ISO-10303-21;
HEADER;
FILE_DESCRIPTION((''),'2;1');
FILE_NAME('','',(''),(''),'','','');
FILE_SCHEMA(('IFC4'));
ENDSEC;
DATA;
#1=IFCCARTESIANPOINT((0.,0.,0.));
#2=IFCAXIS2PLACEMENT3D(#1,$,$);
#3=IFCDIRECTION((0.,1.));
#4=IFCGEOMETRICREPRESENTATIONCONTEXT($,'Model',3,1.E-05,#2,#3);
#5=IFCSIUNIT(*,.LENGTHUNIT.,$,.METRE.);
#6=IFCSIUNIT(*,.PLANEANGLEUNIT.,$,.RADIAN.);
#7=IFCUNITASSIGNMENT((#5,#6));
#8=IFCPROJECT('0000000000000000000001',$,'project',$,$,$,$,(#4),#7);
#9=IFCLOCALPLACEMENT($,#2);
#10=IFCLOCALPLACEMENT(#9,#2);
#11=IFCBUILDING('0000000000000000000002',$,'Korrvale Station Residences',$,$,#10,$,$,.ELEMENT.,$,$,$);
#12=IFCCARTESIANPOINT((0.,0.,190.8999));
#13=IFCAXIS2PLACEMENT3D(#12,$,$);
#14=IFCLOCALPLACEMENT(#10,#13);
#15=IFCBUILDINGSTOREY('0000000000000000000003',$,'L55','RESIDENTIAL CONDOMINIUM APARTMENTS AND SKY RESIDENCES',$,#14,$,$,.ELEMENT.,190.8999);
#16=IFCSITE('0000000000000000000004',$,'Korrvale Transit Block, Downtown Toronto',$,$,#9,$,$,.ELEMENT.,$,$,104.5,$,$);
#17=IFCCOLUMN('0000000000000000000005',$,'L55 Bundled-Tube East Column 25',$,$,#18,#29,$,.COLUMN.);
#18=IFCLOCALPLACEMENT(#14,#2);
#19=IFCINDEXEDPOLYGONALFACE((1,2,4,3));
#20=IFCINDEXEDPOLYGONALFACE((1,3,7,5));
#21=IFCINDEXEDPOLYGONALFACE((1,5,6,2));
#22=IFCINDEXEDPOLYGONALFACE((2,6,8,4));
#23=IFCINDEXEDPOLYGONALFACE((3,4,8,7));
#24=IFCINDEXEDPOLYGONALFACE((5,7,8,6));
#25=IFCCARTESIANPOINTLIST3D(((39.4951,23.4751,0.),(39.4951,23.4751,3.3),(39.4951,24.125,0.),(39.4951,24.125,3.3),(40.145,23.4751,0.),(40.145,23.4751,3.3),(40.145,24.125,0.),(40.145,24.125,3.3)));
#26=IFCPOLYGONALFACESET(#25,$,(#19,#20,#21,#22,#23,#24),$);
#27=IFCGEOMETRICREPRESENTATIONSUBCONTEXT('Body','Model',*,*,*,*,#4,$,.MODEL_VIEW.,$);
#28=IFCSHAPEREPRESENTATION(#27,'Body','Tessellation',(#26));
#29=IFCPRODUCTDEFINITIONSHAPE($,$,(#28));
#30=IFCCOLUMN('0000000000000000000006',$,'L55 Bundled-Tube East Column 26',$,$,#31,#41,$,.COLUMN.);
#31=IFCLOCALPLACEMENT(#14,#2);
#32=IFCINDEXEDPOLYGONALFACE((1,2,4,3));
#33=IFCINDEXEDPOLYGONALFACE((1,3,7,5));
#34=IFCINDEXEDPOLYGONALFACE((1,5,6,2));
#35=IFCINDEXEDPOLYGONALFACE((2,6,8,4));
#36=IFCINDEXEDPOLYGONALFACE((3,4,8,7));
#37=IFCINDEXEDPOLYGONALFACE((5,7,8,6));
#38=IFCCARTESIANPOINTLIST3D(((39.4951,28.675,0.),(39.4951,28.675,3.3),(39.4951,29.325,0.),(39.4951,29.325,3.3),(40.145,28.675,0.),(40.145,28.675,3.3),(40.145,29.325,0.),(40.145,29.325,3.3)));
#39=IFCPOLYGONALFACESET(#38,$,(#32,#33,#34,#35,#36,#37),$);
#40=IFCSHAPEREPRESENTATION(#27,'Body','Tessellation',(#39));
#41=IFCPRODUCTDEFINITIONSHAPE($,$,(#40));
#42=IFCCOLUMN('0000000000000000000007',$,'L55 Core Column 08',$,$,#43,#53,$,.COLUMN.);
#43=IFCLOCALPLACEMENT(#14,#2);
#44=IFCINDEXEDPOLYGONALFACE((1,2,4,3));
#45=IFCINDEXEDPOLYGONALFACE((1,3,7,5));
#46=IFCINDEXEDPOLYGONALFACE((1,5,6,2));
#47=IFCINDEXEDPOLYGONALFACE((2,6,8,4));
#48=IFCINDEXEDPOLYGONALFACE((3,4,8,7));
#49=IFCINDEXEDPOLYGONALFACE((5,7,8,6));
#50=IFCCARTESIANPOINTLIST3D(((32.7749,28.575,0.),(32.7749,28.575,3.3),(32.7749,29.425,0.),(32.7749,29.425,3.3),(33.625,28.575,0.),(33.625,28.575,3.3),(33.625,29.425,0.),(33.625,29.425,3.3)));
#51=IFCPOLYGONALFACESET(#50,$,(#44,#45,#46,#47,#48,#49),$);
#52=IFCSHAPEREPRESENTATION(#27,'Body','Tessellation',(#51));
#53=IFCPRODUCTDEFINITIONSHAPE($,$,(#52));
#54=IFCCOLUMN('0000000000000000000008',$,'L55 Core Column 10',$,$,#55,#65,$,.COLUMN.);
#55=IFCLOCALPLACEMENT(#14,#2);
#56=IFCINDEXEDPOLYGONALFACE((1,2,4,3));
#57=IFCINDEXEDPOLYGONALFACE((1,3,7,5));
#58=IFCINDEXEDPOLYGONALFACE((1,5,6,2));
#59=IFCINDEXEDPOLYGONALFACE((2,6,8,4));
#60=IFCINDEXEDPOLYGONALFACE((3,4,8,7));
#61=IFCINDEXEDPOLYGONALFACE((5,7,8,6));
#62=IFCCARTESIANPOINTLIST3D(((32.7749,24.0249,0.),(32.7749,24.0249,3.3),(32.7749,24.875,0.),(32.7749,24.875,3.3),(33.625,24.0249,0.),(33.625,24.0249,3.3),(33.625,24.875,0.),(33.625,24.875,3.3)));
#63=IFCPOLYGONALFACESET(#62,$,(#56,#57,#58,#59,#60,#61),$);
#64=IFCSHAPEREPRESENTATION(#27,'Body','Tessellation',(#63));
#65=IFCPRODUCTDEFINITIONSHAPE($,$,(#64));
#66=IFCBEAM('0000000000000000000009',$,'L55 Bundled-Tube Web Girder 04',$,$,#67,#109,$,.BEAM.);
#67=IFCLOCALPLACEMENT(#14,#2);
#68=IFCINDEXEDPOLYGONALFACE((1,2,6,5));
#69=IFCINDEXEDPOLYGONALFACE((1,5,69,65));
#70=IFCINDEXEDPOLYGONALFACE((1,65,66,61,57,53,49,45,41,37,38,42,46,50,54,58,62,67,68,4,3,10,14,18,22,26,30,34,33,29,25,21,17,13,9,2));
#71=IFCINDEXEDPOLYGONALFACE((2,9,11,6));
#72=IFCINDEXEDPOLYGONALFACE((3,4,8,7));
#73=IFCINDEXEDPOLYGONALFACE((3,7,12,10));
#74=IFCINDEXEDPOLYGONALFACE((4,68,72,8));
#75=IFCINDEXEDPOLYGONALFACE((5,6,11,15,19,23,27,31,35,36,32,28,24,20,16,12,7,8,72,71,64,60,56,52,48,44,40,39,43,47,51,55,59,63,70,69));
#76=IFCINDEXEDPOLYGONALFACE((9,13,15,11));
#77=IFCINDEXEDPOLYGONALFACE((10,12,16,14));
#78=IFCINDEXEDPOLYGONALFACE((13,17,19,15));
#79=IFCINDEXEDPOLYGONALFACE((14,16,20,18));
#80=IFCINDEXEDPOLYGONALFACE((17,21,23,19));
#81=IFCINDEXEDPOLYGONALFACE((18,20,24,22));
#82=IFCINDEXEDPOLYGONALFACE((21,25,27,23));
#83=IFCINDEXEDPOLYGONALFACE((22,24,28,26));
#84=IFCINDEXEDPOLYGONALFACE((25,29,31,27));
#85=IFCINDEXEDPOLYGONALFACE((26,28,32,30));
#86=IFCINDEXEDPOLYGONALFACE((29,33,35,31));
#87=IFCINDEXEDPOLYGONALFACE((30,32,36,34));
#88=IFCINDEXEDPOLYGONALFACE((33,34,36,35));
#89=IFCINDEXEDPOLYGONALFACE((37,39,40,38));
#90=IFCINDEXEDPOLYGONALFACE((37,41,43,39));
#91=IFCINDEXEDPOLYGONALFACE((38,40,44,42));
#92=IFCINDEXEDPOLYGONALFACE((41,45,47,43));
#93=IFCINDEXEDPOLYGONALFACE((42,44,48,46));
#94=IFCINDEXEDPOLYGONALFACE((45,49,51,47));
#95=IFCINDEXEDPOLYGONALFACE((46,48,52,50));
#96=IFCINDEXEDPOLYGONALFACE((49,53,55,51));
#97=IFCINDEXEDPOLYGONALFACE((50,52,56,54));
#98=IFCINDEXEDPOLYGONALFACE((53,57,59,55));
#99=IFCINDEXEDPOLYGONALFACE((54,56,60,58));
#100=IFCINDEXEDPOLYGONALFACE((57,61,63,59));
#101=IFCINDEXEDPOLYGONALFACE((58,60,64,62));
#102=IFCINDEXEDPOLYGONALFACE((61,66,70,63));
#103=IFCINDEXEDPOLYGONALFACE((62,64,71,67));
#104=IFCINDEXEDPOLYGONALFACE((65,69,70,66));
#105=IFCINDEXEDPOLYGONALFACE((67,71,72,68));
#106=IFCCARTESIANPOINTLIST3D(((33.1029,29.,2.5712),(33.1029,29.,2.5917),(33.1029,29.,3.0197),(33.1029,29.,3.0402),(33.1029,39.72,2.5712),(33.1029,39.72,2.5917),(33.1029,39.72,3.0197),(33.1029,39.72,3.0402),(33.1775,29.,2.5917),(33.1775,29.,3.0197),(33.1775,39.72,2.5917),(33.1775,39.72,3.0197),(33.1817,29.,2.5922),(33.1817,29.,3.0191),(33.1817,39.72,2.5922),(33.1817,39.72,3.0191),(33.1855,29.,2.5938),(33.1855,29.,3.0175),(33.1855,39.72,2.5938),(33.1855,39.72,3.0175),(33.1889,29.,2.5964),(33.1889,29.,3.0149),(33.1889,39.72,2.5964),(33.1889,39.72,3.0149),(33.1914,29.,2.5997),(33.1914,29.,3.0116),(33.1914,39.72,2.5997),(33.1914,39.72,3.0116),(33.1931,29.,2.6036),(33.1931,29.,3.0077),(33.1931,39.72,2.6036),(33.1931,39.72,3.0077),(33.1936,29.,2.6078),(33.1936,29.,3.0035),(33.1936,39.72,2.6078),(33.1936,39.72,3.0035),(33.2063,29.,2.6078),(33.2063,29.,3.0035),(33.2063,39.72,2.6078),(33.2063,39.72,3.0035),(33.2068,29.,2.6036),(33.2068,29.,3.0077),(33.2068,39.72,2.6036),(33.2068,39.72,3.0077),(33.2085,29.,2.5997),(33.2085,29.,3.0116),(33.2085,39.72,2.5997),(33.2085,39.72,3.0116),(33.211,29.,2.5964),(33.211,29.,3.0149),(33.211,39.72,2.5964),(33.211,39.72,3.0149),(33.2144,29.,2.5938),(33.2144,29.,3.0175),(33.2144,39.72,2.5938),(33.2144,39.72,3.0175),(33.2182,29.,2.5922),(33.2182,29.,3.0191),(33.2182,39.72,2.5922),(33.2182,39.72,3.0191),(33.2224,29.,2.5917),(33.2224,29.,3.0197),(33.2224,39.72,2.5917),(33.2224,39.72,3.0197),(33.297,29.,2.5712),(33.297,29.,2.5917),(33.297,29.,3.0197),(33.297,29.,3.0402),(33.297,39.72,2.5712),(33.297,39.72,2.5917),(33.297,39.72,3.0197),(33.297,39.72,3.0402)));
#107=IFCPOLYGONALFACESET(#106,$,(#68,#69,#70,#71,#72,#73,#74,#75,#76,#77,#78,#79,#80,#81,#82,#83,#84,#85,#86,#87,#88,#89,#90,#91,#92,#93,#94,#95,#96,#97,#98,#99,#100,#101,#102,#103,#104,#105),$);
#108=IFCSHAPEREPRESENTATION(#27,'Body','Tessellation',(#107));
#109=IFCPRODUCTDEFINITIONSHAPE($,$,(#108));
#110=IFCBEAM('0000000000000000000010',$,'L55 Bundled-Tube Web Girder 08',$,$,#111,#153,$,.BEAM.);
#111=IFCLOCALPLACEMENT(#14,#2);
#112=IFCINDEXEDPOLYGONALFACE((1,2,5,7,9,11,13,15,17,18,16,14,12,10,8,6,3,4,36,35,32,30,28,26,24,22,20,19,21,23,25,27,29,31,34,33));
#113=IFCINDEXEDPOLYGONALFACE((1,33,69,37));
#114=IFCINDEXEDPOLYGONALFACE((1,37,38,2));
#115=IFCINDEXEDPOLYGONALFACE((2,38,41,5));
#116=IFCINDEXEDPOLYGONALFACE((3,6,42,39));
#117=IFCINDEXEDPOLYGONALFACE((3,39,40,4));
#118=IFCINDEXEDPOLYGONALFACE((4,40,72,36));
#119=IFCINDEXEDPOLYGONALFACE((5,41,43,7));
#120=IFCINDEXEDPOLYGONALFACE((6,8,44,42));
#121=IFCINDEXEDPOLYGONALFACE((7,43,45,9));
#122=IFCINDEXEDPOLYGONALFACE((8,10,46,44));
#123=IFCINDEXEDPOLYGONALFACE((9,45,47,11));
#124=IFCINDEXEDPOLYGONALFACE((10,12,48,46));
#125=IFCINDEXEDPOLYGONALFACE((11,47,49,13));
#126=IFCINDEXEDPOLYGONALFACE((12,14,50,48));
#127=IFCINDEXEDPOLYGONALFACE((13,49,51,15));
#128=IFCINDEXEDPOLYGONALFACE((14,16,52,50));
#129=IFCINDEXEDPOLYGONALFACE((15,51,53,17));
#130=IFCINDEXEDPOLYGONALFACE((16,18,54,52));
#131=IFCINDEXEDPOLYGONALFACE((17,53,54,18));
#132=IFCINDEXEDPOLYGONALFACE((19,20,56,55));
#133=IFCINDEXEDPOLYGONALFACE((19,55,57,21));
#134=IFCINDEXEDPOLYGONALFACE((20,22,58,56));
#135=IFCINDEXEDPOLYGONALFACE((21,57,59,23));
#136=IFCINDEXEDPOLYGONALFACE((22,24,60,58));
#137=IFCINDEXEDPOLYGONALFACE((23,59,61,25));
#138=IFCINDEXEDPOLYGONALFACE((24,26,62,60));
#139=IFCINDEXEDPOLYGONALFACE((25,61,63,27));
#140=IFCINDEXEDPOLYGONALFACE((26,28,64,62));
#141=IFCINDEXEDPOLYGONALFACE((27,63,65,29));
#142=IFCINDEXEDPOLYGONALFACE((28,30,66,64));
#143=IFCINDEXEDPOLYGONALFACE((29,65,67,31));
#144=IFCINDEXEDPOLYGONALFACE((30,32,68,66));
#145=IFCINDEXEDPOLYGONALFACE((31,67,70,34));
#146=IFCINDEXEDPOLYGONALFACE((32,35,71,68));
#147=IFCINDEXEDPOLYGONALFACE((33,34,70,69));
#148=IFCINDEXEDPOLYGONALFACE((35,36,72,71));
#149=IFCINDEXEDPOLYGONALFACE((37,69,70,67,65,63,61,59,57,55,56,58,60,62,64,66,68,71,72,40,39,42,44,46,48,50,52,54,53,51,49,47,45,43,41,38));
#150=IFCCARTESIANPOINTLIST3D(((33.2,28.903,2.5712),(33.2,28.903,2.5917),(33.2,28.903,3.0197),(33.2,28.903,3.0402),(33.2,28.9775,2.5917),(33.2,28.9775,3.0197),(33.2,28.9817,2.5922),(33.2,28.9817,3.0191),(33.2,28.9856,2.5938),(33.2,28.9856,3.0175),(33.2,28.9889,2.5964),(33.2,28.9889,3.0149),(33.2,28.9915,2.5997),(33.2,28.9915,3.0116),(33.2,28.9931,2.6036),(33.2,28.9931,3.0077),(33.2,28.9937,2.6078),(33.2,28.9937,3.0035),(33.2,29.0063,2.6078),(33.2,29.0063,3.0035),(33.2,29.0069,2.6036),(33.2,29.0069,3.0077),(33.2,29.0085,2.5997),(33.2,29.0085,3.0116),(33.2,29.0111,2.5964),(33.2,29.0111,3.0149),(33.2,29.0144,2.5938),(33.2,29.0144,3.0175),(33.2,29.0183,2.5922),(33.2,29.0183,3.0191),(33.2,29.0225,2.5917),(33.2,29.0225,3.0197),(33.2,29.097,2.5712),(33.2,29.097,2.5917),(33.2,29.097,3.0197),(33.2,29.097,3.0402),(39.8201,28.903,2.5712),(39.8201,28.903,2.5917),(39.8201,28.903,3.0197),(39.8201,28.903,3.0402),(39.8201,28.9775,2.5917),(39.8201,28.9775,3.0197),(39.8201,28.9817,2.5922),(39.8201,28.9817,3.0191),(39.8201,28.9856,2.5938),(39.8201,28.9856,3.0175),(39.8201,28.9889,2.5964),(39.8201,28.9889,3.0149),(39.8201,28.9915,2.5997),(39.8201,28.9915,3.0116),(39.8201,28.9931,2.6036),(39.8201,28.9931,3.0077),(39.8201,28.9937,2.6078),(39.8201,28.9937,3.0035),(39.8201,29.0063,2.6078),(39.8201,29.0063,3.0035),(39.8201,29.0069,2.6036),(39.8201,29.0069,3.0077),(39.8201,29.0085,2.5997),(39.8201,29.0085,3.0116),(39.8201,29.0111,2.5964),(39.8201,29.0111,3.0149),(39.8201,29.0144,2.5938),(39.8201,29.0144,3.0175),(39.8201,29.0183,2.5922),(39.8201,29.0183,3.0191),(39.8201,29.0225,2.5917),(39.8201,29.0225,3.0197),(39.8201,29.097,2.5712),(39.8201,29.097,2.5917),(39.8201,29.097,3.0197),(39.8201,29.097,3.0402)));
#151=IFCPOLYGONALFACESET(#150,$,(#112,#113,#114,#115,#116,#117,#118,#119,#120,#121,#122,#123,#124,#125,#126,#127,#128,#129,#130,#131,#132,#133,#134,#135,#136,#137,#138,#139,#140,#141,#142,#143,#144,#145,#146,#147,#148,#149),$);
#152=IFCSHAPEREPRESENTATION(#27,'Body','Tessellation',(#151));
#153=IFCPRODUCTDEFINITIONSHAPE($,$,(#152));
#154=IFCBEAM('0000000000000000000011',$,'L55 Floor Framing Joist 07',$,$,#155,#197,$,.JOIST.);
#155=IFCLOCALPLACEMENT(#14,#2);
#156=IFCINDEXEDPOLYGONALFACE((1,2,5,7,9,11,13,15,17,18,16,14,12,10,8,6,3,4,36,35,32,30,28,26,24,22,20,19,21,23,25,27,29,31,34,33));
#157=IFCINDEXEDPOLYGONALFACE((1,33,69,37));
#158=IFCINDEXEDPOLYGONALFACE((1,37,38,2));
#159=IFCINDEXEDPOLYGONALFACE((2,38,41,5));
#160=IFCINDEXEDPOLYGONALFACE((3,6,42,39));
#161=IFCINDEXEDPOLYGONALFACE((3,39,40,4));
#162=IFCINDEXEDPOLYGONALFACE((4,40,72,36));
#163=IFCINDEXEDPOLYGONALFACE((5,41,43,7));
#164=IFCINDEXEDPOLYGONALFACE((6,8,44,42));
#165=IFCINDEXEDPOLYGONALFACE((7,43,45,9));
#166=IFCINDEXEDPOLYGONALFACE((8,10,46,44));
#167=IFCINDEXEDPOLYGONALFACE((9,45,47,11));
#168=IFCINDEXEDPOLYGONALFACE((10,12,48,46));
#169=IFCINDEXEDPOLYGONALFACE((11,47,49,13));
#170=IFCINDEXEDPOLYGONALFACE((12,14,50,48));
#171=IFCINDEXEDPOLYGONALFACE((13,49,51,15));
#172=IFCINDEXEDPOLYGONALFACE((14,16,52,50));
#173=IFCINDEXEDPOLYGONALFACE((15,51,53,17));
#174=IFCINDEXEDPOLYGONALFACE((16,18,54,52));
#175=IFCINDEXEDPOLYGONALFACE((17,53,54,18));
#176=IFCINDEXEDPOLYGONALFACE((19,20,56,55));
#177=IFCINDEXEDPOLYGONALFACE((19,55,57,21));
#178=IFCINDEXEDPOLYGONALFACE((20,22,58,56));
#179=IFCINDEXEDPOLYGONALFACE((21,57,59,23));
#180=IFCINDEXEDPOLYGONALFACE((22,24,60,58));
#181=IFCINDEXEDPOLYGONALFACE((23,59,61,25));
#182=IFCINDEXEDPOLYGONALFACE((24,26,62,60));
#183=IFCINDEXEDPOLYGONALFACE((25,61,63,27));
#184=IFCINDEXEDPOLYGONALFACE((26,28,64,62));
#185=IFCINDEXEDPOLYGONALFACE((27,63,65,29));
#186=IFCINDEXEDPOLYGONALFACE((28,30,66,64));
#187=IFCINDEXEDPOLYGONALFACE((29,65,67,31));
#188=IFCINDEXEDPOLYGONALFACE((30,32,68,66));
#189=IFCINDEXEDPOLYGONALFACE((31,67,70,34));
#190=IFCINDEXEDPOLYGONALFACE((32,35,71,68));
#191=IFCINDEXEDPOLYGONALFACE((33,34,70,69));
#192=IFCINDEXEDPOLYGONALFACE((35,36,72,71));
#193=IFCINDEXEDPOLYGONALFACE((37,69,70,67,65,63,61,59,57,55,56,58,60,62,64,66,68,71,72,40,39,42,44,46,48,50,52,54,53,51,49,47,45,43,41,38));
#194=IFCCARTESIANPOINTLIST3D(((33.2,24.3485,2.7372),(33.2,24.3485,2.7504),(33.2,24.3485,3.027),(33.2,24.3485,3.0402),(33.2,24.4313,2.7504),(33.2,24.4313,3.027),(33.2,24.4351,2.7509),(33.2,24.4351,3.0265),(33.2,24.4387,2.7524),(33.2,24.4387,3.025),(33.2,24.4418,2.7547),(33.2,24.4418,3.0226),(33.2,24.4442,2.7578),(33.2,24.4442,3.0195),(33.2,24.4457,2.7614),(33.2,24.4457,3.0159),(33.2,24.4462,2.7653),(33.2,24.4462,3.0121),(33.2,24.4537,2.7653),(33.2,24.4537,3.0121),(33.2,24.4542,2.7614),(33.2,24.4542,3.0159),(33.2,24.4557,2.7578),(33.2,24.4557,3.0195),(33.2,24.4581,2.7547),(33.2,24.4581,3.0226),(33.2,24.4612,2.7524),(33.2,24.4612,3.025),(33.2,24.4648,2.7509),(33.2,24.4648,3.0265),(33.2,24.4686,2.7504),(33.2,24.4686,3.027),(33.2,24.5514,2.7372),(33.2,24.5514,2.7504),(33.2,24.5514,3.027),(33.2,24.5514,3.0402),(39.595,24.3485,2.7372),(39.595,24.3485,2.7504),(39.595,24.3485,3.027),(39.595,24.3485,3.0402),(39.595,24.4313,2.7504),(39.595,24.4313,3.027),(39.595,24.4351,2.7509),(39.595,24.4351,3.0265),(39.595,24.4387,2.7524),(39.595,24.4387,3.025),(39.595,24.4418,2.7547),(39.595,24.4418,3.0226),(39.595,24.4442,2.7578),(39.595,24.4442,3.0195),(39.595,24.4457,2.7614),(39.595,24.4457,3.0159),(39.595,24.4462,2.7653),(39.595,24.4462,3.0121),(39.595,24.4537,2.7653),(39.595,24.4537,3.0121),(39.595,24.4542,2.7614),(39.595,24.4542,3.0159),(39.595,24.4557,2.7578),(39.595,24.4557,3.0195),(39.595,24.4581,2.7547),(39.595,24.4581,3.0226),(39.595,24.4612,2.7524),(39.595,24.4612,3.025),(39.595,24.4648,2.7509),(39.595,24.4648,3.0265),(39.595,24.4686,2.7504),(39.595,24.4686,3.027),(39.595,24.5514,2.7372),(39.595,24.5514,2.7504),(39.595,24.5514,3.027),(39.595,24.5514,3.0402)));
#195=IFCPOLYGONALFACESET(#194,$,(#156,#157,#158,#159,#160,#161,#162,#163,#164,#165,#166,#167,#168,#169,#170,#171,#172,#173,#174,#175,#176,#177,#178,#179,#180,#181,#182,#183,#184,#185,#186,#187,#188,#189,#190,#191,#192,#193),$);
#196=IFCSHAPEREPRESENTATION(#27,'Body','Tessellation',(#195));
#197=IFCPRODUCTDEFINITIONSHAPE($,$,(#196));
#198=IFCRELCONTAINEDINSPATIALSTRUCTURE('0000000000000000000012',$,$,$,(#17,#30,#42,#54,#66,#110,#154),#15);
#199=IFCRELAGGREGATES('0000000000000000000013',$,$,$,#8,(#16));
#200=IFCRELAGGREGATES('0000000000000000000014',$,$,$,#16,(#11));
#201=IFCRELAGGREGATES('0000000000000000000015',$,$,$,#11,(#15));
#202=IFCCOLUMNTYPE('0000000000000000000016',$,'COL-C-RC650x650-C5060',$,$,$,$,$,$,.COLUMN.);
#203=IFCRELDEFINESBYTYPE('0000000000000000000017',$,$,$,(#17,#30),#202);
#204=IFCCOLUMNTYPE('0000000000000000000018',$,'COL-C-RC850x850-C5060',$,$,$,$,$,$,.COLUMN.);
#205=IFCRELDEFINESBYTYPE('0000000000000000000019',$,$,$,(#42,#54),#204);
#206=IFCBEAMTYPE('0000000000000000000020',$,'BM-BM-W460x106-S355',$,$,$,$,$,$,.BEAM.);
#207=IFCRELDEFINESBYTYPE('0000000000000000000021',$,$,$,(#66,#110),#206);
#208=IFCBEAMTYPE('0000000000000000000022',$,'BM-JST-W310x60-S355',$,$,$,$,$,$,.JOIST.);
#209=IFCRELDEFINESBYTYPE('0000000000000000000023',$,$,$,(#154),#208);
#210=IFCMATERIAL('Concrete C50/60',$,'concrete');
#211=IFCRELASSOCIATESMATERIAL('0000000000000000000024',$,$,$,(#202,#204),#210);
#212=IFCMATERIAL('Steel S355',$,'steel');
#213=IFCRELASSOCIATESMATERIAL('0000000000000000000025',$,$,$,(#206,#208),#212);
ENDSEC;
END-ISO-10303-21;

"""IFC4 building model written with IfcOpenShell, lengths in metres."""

from ifc_helpers import new_model, si_unit, direction, frame, origin, origin_2d, place, context, subcontext, project, spatial, rectangle, i_section, extrude, material, material_profile, profile_set, type_object, element, save


model = new_model("IFC4")

# Units and contexts
model_context = context("Model", 3, precision=1e-05, world=origin(), true_north=direction((0.0, 1.0)))
body_context = subcontext(model_context, "Body", "Model", "MODEL_VIEW")
ifc_project = project(units=[si_unit("LENGTHUNIT", "METRE"), si_unit("PLANEANGLEUNIT", "RADIAN")], contexts=[model_context])

# Site, building, storey
site_placement = place(None, origin())
site = spatial("IfcSite", under=ifc_project, at=site_placement, Name="Korrvale Transit Block, Downtown Toronto", CompositionType="ELEMENT", RefElevation=104.5)
building_placement = place(site_placement, origin())
building = spatial("IfcBuilding", under=site, at=building_placement, Name="Korrvale Station Residences", CompositionType="ELEMENT")
storey_placement = place(building_placement, frame((0.0, 0.0, 190.8999)))
storey = spatial("IfcBuildingStorey", under=building, at=storey_placement, Name="L55", Description="RESIDENTIAL CONDOMINIUM APARTMENTS AND SKY RESIDENCES", CompositionType="ELEMENT", Elevation=190.8999)

# Columns
ifc_material_1 = material(Name="Concrete C50/60", Category="concrete")
ifc_material_profile_1 = material_profile(ifc_material_1, rectangle(XDim=0.6499, YDim=0.6499, at=origin_2d()), Name="RC650x650")
ifc_profile_set_1 = profile_set([ifc_material_profile_1], Name="Concrete C50/60")
column_type_1 = type_object("IfcColumnType", Name="COL-C-RC650x650-C5060", PredefinedType="COLUMN", material=ifc_profile_set_1)
for number, where, z_axis, x_axis, name in (
    (1, (39.8201, 23.8, 0.0), (0.0, 0.0, 1.0), (1.0, 0.0, 0.0), "L55 Bundled-Tube East Column 25"),
    (2, (39.8201, 29.0, 0.0), (0.0, 0.0, 1.0), (1.0, 0.0, 0.0), "L55 Bundled-Tube East Column 26"),
):
    element("IfcColumn", number, at=place(storey_placement, frame(where, z_axis=z_axis, x_axis=x_axis)), inside=storey, type_object=column_type_1, Name=name, PredefinedType="COLUMN", context=body_context, shape_type="SweptSolid", body=[
        extrude(rectangle(XDim=0.6499, YDim=0.6499, at=origin_2d()), origin(), (0.0, 0.0, 1.0), 3.3),
    ])
ifc_material_profile_2 = material_profile(ifc_material_1, rectangle(XDim=0.8501, YDim=0.8501, at=origin_2d()), Name="RC850x850")
ifc_profile_set_2 = profile_set([ifc_material_profile_2], Name="Concrete C50/60")
column_type_2 = type_object("IfcColumnType", Name="COL-C-RC850x850-C5060", PredefinedType="COLUMN", material=ifc_profile_set_2)
for number, where, z_axis, x_axis, name in (
    (3, (33.2, 29.0, 0.0), (0.0, 0.0, 1.0), (1.0, 0.0, 0.0), "L55 Core Column 08"),
    (4, (33.2, 24.45, 0.0), (0.0, 0.0, 1.0), (1.0, 0.0, 0.0), "L55 Core Column 10"),
):
    element("IfcColumn", number, at=place(storey_placement, frame(where, z_axis=z_axis, x_axis=x_axis)), inside=storey, type_object=column_type_2, Name=name, PredefinedType="COLUMN", context=body_context, shape_type="SweptSolid", body=[
        extrude(rectangle(XDim=0.8501, YDim=0.8501, at=origin_2d()), origin(), (0.0, 0.0, 1.0), 3.3),
    ])

# Beams
ifc_material_2 = material(Name="Steel S355", Category="steel")
ifc_material_profile_3 = material_profile(ifc_material_2, i_section(OverallWidth=0.1941, OverallDepth=0.469, WebThickness=0.0127, FlangeThickness=0.0205, FilletRadius=0.0161, at=origin_2d()), Name="W460x106")
ifc_profile_set_3 = profile_set([ifc_material_profile_3], Name="Steel S355")
beam_type_1 = type_object("IfcBeamType", Name="BM-BM-W460x106-S355", PredefinedType="BEAM", material=ifc_profile_set_3)
beam_1_placement = place(storey_placement, frame((33.2, 29.0, 2.8057), z_axis=(0.0, 1.0, 0.0), x_axis=(-1.0, 0.0, 0.0)))
element("IfcBeam", 5, at=beam_1_placement, inside=storey, type_object=beam_type_1, Name="L55 Bundled-Tube Web Girder 04", PredefinedType="BEAM", context=body_context, shape_type="SweptSolid", body=[
    extrude(i_section(OverallWidth=0.1941, OverallDepth=0.469, WebThickness=0.0127, FlangeThickness=0.0205, FilletRadius=0.0161, at=origin_2d()), origin(), (0.0, 0.0, 1.0), 10.72),
])
beam_2_placement = place(storey_placement, frame((33.2, 29.0, 2.8057), z_axis=(1.0, 0.0, 0.0), x_axis=(0.0, 1.0, 0.0)))
element("IfcBeam", 6, at=beam_2_placement, inside=storey, type_object=beam_type_1, Name="L55 Bundled-Tube Web Girder 08", PredefinedType="BEAM", context=body_context, shape_type="SweptSolid", body=[
    extrude(i_section(OverallWidth=0.1941, OverallDepth=0.469, WebThickness=0.0127, FlangeThickness=0.0205, FilletRadius=0.0161, at=origin_2d()), origin(), (0.0, 0.0, 1.0), 6.6201),
])
ifc_material_profile_4 = material_profile(ifc_material_2, i_section(OverallWidth=0.2029, OverallDepth=0.303, WebThickness=0.0076, FlangeThickness=0.0132, FilletRadius=0.0149, at=origin_2d()), Name="W310x60")
ifc_profile_set_4 = profile_set([ifc_material_profile_4], Name="Steel S355")
beam_type_2 = type_object("IfcBeamType", Name="BM-JST-W310x60-S355", PredefinedType="JOIST", material=ifc_profile_set_4)
beam_3_placement = place(storey_placement, frame((33.2, 24.45, 2.8887), z_axis=(1.0, 0.0, 0.0), x_axis=(0.0, 1.0, 0.0)))
element("IfcBeam", 7, at=beam_3_placement, inside=storey, type_object=beam_type_2, Name="L55 Floor Framing Joist 07", PredefinedType="JOIST", context=body_context, shape_type="SweptSolid", body=[
    extrude(i_section(OverallWidth=0.2029, OverallDepth=0.303, WebThickness=0.0076, FlangeThickness=0.0132, FilletRadius=0.0149, at=origin_2d()), origin(), (0.0, 0.0, 1.0), 6.395),
])

save(model, "model.ifc")
